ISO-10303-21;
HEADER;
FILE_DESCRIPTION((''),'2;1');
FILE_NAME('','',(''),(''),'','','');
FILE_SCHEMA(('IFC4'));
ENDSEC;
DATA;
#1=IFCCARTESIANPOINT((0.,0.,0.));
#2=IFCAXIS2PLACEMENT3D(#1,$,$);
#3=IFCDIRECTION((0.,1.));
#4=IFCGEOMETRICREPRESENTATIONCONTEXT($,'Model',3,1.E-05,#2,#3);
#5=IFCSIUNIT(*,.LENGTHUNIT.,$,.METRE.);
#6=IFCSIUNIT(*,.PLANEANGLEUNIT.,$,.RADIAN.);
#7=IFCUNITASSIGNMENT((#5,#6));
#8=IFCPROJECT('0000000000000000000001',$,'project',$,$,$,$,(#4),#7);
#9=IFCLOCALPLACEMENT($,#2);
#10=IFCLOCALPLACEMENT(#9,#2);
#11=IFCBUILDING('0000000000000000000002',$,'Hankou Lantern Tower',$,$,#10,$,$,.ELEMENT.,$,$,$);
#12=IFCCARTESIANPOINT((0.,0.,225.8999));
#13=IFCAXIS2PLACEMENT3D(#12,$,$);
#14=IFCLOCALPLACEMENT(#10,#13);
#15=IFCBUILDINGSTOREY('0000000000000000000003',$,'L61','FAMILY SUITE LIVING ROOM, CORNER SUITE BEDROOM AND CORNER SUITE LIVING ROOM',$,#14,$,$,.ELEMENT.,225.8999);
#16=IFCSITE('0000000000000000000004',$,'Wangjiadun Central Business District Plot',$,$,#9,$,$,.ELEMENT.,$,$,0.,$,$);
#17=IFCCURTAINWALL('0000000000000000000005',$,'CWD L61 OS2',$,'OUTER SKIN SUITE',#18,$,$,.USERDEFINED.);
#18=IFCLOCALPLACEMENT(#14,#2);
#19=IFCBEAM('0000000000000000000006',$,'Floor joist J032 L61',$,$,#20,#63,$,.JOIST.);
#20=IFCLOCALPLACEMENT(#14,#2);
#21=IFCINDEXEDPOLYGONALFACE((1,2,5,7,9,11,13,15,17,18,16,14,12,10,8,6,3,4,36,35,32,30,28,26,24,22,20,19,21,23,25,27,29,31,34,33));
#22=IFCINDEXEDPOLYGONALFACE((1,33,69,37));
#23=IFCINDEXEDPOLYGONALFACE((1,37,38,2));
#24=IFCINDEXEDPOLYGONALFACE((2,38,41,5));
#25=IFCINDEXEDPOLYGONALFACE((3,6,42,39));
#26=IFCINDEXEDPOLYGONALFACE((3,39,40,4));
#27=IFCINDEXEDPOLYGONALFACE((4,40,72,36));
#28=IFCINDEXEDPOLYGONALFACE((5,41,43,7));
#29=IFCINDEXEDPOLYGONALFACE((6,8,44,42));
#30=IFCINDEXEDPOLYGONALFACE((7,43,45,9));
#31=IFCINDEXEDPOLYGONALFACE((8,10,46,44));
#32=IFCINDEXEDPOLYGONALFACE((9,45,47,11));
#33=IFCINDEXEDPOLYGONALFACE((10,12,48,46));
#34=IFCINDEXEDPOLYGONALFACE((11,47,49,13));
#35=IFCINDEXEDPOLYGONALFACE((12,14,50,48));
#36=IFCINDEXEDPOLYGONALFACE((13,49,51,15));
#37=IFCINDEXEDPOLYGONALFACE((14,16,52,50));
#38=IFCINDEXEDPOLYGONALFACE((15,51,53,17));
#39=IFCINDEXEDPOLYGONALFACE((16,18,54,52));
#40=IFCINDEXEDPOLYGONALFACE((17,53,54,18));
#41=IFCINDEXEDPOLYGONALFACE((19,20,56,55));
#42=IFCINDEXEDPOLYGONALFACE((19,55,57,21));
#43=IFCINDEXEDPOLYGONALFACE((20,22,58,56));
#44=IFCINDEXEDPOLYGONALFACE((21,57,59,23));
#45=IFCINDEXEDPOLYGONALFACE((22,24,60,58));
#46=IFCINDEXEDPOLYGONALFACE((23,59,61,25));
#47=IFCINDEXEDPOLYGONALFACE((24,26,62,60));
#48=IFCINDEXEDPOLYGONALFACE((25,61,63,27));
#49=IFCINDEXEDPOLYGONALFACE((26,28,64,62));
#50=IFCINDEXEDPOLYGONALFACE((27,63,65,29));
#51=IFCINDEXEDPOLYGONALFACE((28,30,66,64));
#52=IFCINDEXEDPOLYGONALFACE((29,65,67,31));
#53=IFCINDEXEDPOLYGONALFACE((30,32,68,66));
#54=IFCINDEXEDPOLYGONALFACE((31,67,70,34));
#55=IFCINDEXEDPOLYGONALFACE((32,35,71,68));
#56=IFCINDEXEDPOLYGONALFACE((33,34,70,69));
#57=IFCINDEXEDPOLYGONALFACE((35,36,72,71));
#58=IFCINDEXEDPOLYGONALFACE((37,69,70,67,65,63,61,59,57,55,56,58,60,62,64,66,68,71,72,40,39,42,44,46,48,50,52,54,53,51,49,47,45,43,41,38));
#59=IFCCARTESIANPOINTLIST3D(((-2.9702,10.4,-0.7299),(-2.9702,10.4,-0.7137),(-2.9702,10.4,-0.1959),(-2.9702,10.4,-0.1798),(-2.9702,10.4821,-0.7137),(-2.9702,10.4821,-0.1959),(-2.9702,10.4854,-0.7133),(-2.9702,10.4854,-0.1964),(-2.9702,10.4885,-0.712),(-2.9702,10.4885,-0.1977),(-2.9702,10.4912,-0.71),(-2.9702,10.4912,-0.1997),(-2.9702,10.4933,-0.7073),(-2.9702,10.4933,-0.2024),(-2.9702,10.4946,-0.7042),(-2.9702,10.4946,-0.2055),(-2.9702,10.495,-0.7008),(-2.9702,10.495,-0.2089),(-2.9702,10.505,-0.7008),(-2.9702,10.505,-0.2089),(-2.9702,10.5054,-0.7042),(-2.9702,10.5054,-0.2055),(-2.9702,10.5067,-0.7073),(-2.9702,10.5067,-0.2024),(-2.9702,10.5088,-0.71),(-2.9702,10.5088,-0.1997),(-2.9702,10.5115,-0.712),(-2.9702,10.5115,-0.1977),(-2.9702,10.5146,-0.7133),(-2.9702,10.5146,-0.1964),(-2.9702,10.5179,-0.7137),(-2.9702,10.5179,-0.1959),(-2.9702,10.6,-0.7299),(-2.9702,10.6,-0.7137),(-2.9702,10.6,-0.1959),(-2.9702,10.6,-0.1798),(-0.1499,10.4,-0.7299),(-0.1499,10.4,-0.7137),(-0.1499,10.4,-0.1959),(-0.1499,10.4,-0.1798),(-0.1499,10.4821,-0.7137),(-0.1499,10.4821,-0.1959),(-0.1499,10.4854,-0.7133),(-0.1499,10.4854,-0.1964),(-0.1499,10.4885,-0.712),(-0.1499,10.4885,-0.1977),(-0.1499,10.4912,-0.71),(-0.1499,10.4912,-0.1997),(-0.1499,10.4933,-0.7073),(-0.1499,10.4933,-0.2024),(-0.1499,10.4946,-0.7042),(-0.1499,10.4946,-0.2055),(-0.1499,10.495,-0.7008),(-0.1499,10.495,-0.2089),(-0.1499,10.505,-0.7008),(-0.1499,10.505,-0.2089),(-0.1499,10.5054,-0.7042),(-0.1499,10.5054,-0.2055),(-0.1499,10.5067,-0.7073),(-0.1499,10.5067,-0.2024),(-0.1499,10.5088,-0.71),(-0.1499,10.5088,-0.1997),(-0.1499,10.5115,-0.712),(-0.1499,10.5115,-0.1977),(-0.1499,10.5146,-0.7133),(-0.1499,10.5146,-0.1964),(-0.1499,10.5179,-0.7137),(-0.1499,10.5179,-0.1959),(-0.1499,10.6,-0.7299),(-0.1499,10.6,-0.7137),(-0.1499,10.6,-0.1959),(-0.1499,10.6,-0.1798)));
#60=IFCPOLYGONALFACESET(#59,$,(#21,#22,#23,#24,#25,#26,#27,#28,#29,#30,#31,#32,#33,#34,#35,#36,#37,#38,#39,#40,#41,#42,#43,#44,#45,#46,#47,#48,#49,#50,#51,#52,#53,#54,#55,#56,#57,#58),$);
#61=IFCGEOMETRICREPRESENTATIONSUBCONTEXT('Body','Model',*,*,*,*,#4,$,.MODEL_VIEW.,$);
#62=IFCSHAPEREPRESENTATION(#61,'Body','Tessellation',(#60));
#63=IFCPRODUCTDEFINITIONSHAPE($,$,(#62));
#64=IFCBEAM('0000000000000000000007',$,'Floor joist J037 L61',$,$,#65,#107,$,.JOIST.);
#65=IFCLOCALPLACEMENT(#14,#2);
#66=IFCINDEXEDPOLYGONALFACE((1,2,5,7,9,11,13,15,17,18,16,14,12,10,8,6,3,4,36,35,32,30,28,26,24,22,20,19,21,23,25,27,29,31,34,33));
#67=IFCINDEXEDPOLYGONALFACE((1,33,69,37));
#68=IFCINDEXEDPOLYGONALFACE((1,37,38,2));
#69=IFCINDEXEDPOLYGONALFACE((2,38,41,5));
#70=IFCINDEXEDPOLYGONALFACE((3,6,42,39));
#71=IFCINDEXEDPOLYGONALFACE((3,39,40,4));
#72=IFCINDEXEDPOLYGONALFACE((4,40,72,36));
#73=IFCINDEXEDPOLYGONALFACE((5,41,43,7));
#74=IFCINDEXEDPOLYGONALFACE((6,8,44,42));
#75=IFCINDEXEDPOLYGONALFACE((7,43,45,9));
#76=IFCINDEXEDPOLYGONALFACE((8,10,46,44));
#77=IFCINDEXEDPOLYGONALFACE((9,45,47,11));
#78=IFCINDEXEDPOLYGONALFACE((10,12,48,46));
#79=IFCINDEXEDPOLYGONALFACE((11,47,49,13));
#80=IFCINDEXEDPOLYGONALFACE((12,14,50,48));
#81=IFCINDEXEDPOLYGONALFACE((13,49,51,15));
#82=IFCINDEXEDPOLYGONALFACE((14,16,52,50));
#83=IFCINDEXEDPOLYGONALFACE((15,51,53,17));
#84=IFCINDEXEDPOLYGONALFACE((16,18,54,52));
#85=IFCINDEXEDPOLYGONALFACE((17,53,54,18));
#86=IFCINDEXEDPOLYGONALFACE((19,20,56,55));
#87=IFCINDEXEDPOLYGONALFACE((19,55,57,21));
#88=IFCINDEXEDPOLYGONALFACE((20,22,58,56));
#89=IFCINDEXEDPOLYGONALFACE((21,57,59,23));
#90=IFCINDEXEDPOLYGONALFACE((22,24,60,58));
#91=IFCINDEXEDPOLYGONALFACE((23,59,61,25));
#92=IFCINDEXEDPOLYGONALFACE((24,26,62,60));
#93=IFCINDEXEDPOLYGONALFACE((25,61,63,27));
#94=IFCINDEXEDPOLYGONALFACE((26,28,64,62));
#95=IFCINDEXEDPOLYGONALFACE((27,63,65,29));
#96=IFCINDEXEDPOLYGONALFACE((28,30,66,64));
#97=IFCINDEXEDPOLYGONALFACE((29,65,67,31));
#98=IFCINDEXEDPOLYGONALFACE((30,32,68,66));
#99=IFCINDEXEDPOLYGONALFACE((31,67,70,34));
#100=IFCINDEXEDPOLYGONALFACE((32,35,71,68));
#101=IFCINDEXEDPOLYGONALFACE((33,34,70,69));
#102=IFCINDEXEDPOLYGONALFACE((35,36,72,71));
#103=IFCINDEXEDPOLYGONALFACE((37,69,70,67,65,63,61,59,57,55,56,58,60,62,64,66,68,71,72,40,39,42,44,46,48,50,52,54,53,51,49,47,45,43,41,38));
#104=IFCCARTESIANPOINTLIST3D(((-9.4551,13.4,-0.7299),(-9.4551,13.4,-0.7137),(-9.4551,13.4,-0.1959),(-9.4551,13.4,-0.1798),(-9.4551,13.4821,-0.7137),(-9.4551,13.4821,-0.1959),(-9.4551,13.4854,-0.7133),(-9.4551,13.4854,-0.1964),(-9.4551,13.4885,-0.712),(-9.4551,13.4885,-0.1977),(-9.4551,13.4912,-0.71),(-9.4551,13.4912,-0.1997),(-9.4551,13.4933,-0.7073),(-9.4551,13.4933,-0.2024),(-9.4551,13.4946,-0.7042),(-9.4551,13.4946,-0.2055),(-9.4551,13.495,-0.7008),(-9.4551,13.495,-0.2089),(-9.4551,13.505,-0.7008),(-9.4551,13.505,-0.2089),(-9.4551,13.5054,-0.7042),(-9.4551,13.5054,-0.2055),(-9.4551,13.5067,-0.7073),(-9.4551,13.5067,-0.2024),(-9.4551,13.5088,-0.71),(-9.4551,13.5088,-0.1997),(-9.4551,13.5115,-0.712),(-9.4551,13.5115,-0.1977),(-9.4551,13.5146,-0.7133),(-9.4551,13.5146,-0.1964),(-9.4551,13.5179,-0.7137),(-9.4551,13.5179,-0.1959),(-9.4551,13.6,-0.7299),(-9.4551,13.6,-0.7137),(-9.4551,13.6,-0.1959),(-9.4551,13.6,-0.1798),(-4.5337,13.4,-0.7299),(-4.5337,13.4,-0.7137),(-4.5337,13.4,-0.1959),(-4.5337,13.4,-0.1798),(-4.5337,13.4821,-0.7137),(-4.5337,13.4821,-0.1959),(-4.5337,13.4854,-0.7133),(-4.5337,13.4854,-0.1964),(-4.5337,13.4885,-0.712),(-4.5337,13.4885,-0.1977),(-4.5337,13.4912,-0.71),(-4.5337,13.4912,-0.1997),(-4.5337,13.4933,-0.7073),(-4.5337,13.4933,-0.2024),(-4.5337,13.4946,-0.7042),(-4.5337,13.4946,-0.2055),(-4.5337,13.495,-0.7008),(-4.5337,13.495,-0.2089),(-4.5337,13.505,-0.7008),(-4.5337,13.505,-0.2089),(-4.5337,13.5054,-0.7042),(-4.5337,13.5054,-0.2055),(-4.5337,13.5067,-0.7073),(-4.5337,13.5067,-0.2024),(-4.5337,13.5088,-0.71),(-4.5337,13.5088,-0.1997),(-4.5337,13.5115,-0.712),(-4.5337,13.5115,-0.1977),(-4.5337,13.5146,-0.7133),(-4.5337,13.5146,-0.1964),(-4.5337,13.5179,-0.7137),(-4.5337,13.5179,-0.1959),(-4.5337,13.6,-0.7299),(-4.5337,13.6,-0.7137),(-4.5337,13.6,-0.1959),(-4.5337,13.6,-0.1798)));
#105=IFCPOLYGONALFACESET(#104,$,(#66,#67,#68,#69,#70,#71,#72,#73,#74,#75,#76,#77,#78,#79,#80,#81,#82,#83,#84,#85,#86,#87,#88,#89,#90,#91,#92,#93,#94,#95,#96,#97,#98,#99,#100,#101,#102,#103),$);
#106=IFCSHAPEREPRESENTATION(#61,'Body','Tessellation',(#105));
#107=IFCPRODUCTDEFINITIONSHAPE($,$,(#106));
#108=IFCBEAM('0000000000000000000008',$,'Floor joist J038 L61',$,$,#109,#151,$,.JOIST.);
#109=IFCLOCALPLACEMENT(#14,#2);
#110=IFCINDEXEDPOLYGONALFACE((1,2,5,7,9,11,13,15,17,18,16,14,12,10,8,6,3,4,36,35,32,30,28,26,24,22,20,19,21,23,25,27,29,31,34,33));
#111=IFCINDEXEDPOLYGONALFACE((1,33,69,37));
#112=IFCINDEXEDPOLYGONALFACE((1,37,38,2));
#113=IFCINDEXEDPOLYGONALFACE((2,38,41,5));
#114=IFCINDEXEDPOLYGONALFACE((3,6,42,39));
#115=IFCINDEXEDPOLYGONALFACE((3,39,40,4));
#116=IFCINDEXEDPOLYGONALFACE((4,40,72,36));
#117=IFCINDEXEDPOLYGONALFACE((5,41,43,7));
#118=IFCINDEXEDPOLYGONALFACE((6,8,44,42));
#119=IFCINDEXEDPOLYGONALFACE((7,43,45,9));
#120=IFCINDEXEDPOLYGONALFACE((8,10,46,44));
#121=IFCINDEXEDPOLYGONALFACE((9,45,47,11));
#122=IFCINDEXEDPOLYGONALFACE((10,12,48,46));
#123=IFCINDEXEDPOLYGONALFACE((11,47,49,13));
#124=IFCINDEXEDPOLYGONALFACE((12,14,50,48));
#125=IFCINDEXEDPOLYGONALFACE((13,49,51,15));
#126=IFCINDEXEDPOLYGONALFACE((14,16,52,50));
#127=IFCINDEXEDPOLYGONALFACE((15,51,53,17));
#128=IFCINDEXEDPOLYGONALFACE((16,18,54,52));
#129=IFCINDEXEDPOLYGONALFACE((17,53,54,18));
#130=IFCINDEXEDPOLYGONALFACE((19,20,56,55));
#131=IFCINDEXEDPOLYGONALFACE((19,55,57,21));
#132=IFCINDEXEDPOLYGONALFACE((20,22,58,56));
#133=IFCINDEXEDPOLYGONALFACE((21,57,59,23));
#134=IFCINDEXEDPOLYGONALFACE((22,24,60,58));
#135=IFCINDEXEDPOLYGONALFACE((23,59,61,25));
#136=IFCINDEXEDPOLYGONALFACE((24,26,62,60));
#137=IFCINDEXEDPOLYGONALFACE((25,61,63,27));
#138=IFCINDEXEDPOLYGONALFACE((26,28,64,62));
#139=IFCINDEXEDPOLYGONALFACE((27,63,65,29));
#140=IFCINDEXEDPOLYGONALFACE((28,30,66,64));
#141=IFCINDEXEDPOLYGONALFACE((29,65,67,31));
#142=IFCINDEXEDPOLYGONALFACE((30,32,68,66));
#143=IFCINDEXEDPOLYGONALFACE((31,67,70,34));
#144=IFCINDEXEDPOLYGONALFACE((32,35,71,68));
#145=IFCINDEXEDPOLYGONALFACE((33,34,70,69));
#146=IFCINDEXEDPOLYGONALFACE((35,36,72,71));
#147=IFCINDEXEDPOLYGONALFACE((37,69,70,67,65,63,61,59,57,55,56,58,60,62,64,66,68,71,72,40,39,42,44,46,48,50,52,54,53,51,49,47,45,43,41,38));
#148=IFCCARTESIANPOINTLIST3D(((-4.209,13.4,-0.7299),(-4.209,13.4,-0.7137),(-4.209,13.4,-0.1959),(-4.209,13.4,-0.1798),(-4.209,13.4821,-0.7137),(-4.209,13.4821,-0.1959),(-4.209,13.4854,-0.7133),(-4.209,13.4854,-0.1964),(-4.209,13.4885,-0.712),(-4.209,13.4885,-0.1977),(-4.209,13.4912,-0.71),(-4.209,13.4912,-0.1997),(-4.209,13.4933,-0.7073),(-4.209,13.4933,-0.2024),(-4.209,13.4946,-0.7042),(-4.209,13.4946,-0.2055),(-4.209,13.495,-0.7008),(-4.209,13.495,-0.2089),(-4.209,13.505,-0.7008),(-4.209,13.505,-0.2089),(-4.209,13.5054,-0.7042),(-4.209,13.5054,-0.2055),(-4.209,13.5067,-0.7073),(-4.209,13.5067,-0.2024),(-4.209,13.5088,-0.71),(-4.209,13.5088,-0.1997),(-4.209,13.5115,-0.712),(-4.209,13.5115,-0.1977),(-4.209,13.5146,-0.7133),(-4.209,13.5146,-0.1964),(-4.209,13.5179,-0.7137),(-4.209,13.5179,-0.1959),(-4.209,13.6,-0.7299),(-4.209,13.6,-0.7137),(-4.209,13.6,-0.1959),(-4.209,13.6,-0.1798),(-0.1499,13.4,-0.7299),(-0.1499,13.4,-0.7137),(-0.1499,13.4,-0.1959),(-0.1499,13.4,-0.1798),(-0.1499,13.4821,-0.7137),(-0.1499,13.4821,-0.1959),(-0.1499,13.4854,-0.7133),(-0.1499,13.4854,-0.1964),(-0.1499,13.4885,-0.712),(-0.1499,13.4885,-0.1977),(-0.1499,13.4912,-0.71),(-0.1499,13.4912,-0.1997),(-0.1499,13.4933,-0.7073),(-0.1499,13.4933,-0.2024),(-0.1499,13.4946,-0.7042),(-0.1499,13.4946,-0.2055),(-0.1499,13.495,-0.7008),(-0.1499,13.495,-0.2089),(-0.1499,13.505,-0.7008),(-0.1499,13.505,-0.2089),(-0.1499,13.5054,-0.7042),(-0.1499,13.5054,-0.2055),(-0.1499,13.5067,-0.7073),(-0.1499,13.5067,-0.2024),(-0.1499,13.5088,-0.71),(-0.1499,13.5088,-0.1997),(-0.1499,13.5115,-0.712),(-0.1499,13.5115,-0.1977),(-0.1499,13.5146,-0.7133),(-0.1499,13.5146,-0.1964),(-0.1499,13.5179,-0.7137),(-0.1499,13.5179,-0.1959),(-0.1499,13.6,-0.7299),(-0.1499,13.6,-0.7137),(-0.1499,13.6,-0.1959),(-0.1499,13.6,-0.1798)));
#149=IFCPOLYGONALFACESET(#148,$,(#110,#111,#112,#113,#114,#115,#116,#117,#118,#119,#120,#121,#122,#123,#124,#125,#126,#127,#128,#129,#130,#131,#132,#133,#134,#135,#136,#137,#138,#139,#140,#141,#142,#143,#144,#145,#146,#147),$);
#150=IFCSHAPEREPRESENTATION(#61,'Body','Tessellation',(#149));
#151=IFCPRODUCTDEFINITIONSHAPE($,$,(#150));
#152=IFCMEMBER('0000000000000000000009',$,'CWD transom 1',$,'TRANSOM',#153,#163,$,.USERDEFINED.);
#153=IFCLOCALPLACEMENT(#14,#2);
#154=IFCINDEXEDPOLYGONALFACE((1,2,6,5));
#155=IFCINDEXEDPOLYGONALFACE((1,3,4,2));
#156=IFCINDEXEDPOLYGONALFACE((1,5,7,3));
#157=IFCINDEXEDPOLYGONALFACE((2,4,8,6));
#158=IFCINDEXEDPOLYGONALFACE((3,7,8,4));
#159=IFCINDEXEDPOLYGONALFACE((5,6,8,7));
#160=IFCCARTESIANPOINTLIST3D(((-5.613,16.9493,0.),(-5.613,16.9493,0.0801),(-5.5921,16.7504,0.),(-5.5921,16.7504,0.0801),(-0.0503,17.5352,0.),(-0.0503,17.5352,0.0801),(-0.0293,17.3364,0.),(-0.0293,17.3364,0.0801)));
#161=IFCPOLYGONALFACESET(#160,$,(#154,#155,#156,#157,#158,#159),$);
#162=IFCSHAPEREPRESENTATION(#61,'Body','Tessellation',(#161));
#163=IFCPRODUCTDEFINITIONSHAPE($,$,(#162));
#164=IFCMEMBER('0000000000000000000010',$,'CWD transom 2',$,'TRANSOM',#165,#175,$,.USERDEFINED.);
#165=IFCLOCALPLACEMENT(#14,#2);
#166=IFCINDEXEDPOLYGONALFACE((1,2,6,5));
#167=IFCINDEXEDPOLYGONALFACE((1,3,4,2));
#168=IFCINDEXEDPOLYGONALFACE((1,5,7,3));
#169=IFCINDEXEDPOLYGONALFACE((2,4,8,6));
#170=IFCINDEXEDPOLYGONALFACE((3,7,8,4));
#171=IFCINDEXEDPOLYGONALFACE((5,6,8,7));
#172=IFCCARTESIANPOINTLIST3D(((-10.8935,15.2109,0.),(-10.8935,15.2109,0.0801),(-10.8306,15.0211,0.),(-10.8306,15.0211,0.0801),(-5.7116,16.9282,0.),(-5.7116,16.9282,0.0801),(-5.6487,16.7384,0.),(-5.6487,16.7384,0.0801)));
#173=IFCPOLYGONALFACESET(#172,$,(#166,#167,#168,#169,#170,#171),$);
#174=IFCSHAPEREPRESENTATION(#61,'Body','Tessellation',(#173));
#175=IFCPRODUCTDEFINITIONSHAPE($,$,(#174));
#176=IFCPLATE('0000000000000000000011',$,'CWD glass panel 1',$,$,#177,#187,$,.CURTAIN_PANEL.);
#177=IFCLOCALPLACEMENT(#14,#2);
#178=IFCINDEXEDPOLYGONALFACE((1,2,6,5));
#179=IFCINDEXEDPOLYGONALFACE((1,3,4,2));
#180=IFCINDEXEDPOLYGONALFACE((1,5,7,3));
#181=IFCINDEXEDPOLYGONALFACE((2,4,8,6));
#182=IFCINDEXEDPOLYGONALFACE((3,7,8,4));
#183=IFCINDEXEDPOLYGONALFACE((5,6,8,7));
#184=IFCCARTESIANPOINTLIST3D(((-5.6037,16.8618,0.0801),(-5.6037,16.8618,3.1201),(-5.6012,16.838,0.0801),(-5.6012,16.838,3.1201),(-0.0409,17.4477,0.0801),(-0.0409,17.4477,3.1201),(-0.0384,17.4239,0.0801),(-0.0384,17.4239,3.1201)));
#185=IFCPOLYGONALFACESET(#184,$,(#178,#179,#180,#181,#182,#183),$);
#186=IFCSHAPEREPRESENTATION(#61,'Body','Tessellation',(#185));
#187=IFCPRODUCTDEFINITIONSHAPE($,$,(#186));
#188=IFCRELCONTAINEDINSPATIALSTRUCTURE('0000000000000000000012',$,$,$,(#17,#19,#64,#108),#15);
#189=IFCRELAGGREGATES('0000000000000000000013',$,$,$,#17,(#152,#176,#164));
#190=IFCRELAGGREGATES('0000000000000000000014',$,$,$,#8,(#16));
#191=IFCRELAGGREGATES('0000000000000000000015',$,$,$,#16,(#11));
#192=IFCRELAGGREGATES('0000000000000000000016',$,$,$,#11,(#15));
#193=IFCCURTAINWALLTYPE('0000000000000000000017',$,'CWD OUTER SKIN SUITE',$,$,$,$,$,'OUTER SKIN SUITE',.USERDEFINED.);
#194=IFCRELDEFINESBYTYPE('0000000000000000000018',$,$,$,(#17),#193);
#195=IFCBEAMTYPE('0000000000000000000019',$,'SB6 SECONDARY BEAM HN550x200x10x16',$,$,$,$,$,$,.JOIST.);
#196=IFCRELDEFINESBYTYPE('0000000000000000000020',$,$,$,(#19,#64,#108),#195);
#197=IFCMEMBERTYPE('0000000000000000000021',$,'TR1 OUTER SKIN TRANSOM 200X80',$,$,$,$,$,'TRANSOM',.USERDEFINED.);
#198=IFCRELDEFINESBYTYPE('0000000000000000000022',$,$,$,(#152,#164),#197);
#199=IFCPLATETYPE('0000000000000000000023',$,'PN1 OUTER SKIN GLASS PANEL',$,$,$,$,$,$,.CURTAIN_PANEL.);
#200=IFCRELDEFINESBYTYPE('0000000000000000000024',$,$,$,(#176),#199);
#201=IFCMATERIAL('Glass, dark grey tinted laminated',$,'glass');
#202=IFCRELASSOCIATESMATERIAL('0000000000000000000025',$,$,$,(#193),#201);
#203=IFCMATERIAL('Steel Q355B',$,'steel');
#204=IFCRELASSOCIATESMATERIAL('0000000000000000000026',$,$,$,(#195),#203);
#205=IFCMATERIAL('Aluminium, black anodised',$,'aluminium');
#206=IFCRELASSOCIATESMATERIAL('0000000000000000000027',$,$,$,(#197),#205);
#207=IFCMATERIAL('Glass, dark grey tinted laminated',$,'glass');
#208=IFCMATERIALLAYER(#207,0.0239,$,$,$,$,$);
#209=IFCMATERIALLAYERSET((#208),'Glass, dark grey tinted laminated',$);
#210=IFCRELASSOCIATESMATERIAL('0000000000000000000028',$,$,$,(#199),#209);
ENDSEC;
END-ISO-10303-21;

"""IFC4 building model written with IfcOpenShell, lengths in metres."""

from ifc_helpers import new_model, si_unit, direction, frame, origin, origin_2d, place, context, subcontext, project, spatial, rectangle, i_section, extrude, material, layer, layer_set, material_profile, profile_set, type_object, element, aggregate, save


model = new_model("IFC4")

# Units and contexts
model_context = context("Model", 3, precision=1e-05, world=origin(), true_north=direction((0.0, 1.0)))
body_context = subcontext(model_context, "Body", "Model", "MODEL_VIEW")
ifc_project = project(units=[si_unit("LENGTHUNIT", "METRE"), si_unit("PLANEANGLEUNIT", "RADIAN")], contexts=[model_context])

# Site, building, storey
site_placement = place(None, origin())
site = spatial("IfcSite", under=ifc_project, at=site_placement, Name="Wangjiadun Central Business District Plot", CompositionType="ELEMENT", RefElevation=0.0)
building_placement = place(site_placement, origin())
building = spatial("IfcBuilding", under=site, at=building_placement, Name="Hankou Lantern Tower", CompositionType="ELEMENT")
storey_placement = place(building_placement, frame((0.0, 0.0, 225.8999)))
storey = spatial("IfcBuildingStorey", under=building, at=storey_placement, Name="L61", Description="FAMILY SUITE LIVING ROOM, CORNER SUITE BEDROOM AND CORNER SUITE LIVING ROOM", CompositionType="ELEMENT", Elevation=225.8999)

# Curtain wall
ifc_material_1 = material(Name="Glass, dark grey tinted laminated", Category="glass")
curtain_wall_type = type_object("IfcCurtainWallType", Name="CWD OUTER SKIN SUITE", ElementType="OUTER SKIN SUITE", PredefinedType="USERDEFINED", material=ifc_material_1)
curtain_wall_placement = place(storey_placement, origin())
curtain_wall = element("IfcCurtainWall", 1, at=curtain_wall_placement, inside=storey, type_object=curtain_wall_type, Name="CWD L61 OS2", ObjectType="OUTER SKIN SUITE", PredefinedType="USERDEFINED")

# Beams
ifc_material_2 = material(Name="Steel Q355B", Category="steel")
ifc_material_profile_1 = material_profile(ifc_material_2, i_section(OverallWidth=0.2, OverallDepth=0.55, WebThickness=0.01, FlangeThickness=0.0161, FilletRadius=0.0129, at=origin_2d()), Name="HN550x200x10x16")
ifc_profile_set_1 = profile_set([ifc_material_profile_1], Name="Steel Q355B")
beam_type_1 = type_object("IfcBeamType", Name="SB6 SECONDARY BEAM HN550x200x10x16", PredefinedType="JOIST", material=ifc_profile_set_1)
beam_1_placement = place(storey_placement, frame((-2.9702, 10.5, -0.4548), z_axis=(1.0, 0.0, 0.0), x_axis=(0.0, 1.0, 0.0)))
element("IfcBeam", 2, at=beam_1_placement, inside=storey, type_object=beam_type_1, Name="Floor joist J032 L61", PredefinedType="JOIST", context=body_context, shape_type="SweptSolid", body=[
    extrude(i_section(OverallWidth=0.2, OverallDepth=0.55, WebThickness=0.01, FlangeThickness=0.0161, FilletRadius=0.0129, at=origin_2d()), origin(), (0.0, 0.0, 1.0), 2.8203),
])
beam_2_placement = place(storey_placement, frame((-9.4551, 13.5, -0.4548), z_axis=(1.0, 0.0, 0.0), x_axis=(0.0, 1.0, 0.0)))
element("IfcBeam", 3, at=beam_2_placement, inside=storey, type_object=beam_type_1, Name="Floor joist J037 L61", PredefinedType="JOIST", context=body_context, shape_type="SweptSolid", body=[
    extrude(i_section(OverallWidth=0.2, OverallDepth=0.55, WebThickness=0.01, FlangeThickness=0.0161, FilletRadius=0.0129, at=origin_2d()), origin(), (0.0, 0.0, 1.0), 4.9214),
])
beam_3_placement = place(storey_placement, frame((-4.209, 13.5, -0.4548), z_axis=(1.0, 0.0, 0.0), x_axis=(0.0, 1.0, 0.0)))
element("IfcBeam", 4, at=beam_3_placement, inside=storey, type_object=beam_type_1, Name="Floor joist J038 L61", PredefinedType="JOIST", context=body_context, shape_type="SweptSolid", body=[
    extrude(i_section(OverallWidth=0.2, OverallDepth=0.55, WebThickness=0.01, FlangeThickness=0.0161, FilletRadius=0.0129, at=origin_2d()), origin(), (0.0, 0.0, 1.0), 4.0591),
])

# Members
ifc_material_3 = material(Name="Aluminium, black anodised", Category="aluminium")
ifc_material_profile_2 = material_profile(ifc_material_3, rectangle(XDim=0.2, YDim=0.0801, at=origin_2d()), Name="TR1 200X80")
ifc_profile_set_2 = profile_set([ifc_material_profile_2], Name="Aluminium, black anodised")
member_type_1 = type_object("IfcMemberType", Name="TR1 OUTER SKIN TRANSOM 200X80", ElementType="TRANSOM", PredefinedType="USERDEFINED", material=ifc_profile_set_2)
member_1_placement = place(storey_placement, frame((-0.0398, 17.4358, 0.04), z_axis=(-0.994498, -0.104753, 0.0), x_axis=(0.104753, -0.994498, 0.0)))
member_1 = element("IfcMember", 5, at=member_1_placement, type_object=member_type_1, Name="CWD transom 1", ObjectType="TRANSOM", PredefinedType="USERDEFINED", context=body_context, shape_type="SweptSolid", body=[
    extrude(rectangle(XDim=0.2, YDim=0.0801, at=origin_2d()), origin(), (0.0, 0.0, 1.0), 5.5935),
])
member_2_placement = place(storey_placement, frame((-5.6802, 16.8333, 0.04), z_axis=(-0.949232, -0.314577, 0.0), x_axis=(0.314577, -0.949232, 0.0)))
member_2 = element("IfcMember", 6, at=member_2_placement, type_object=member_type_1, Name="CWD transom 2", ObjectType="TRANSOM", PredefinedType="USERDEFINED", context=body_context, shape_type="SweptSolid", body=[
    extrude(rectangle(XDim=0.2, YDim=0.0801, at=origin_2d()), origin(), (0.0, 0.0, 1.0), 5.459),
])

# Plate
ifc_material_4 = material(Name="Glass, dark grey tinted laminated", Category="glass")
ifc_layer_1 = layer(ifc_material_4, 0.0239)
ifc_layer_set_1 = layer_set([ifc_layer_1], Name="Glass, dark grey tinted laminated")
plate_type = type_object("IfcPlateType", Name="PN1 OUTER SKIN GLASS PANEL", PredefinedType="CURTAIN_PANEL", material=ifc_layer_set_1)
plate_1_placement = place(storey_placement, frame((-2.821, 17.1428, 0.0801), z_axis=(0.0, 0.0, 1.0), x_axis=(-0.994499, -0.104743, 0.0)))
plate_1 = element("IfcPlate", 7, at=plate_1_placement, type_object=plate_type, Name="CWD glass panel 1", PredefinedType="CURTAIN_PANEL", context=body_context, shape_type="SweptSolid", body=[
    extrude(rectangle(XDim=5.5935, YDim=0.0239, at=origin_2d()), origin(), (0.0, 0.0, 1.0), 3.04),
])
aggregate(curtain_wall, [member_1, plate_1, member_2])

save(model, "model.ifc")
